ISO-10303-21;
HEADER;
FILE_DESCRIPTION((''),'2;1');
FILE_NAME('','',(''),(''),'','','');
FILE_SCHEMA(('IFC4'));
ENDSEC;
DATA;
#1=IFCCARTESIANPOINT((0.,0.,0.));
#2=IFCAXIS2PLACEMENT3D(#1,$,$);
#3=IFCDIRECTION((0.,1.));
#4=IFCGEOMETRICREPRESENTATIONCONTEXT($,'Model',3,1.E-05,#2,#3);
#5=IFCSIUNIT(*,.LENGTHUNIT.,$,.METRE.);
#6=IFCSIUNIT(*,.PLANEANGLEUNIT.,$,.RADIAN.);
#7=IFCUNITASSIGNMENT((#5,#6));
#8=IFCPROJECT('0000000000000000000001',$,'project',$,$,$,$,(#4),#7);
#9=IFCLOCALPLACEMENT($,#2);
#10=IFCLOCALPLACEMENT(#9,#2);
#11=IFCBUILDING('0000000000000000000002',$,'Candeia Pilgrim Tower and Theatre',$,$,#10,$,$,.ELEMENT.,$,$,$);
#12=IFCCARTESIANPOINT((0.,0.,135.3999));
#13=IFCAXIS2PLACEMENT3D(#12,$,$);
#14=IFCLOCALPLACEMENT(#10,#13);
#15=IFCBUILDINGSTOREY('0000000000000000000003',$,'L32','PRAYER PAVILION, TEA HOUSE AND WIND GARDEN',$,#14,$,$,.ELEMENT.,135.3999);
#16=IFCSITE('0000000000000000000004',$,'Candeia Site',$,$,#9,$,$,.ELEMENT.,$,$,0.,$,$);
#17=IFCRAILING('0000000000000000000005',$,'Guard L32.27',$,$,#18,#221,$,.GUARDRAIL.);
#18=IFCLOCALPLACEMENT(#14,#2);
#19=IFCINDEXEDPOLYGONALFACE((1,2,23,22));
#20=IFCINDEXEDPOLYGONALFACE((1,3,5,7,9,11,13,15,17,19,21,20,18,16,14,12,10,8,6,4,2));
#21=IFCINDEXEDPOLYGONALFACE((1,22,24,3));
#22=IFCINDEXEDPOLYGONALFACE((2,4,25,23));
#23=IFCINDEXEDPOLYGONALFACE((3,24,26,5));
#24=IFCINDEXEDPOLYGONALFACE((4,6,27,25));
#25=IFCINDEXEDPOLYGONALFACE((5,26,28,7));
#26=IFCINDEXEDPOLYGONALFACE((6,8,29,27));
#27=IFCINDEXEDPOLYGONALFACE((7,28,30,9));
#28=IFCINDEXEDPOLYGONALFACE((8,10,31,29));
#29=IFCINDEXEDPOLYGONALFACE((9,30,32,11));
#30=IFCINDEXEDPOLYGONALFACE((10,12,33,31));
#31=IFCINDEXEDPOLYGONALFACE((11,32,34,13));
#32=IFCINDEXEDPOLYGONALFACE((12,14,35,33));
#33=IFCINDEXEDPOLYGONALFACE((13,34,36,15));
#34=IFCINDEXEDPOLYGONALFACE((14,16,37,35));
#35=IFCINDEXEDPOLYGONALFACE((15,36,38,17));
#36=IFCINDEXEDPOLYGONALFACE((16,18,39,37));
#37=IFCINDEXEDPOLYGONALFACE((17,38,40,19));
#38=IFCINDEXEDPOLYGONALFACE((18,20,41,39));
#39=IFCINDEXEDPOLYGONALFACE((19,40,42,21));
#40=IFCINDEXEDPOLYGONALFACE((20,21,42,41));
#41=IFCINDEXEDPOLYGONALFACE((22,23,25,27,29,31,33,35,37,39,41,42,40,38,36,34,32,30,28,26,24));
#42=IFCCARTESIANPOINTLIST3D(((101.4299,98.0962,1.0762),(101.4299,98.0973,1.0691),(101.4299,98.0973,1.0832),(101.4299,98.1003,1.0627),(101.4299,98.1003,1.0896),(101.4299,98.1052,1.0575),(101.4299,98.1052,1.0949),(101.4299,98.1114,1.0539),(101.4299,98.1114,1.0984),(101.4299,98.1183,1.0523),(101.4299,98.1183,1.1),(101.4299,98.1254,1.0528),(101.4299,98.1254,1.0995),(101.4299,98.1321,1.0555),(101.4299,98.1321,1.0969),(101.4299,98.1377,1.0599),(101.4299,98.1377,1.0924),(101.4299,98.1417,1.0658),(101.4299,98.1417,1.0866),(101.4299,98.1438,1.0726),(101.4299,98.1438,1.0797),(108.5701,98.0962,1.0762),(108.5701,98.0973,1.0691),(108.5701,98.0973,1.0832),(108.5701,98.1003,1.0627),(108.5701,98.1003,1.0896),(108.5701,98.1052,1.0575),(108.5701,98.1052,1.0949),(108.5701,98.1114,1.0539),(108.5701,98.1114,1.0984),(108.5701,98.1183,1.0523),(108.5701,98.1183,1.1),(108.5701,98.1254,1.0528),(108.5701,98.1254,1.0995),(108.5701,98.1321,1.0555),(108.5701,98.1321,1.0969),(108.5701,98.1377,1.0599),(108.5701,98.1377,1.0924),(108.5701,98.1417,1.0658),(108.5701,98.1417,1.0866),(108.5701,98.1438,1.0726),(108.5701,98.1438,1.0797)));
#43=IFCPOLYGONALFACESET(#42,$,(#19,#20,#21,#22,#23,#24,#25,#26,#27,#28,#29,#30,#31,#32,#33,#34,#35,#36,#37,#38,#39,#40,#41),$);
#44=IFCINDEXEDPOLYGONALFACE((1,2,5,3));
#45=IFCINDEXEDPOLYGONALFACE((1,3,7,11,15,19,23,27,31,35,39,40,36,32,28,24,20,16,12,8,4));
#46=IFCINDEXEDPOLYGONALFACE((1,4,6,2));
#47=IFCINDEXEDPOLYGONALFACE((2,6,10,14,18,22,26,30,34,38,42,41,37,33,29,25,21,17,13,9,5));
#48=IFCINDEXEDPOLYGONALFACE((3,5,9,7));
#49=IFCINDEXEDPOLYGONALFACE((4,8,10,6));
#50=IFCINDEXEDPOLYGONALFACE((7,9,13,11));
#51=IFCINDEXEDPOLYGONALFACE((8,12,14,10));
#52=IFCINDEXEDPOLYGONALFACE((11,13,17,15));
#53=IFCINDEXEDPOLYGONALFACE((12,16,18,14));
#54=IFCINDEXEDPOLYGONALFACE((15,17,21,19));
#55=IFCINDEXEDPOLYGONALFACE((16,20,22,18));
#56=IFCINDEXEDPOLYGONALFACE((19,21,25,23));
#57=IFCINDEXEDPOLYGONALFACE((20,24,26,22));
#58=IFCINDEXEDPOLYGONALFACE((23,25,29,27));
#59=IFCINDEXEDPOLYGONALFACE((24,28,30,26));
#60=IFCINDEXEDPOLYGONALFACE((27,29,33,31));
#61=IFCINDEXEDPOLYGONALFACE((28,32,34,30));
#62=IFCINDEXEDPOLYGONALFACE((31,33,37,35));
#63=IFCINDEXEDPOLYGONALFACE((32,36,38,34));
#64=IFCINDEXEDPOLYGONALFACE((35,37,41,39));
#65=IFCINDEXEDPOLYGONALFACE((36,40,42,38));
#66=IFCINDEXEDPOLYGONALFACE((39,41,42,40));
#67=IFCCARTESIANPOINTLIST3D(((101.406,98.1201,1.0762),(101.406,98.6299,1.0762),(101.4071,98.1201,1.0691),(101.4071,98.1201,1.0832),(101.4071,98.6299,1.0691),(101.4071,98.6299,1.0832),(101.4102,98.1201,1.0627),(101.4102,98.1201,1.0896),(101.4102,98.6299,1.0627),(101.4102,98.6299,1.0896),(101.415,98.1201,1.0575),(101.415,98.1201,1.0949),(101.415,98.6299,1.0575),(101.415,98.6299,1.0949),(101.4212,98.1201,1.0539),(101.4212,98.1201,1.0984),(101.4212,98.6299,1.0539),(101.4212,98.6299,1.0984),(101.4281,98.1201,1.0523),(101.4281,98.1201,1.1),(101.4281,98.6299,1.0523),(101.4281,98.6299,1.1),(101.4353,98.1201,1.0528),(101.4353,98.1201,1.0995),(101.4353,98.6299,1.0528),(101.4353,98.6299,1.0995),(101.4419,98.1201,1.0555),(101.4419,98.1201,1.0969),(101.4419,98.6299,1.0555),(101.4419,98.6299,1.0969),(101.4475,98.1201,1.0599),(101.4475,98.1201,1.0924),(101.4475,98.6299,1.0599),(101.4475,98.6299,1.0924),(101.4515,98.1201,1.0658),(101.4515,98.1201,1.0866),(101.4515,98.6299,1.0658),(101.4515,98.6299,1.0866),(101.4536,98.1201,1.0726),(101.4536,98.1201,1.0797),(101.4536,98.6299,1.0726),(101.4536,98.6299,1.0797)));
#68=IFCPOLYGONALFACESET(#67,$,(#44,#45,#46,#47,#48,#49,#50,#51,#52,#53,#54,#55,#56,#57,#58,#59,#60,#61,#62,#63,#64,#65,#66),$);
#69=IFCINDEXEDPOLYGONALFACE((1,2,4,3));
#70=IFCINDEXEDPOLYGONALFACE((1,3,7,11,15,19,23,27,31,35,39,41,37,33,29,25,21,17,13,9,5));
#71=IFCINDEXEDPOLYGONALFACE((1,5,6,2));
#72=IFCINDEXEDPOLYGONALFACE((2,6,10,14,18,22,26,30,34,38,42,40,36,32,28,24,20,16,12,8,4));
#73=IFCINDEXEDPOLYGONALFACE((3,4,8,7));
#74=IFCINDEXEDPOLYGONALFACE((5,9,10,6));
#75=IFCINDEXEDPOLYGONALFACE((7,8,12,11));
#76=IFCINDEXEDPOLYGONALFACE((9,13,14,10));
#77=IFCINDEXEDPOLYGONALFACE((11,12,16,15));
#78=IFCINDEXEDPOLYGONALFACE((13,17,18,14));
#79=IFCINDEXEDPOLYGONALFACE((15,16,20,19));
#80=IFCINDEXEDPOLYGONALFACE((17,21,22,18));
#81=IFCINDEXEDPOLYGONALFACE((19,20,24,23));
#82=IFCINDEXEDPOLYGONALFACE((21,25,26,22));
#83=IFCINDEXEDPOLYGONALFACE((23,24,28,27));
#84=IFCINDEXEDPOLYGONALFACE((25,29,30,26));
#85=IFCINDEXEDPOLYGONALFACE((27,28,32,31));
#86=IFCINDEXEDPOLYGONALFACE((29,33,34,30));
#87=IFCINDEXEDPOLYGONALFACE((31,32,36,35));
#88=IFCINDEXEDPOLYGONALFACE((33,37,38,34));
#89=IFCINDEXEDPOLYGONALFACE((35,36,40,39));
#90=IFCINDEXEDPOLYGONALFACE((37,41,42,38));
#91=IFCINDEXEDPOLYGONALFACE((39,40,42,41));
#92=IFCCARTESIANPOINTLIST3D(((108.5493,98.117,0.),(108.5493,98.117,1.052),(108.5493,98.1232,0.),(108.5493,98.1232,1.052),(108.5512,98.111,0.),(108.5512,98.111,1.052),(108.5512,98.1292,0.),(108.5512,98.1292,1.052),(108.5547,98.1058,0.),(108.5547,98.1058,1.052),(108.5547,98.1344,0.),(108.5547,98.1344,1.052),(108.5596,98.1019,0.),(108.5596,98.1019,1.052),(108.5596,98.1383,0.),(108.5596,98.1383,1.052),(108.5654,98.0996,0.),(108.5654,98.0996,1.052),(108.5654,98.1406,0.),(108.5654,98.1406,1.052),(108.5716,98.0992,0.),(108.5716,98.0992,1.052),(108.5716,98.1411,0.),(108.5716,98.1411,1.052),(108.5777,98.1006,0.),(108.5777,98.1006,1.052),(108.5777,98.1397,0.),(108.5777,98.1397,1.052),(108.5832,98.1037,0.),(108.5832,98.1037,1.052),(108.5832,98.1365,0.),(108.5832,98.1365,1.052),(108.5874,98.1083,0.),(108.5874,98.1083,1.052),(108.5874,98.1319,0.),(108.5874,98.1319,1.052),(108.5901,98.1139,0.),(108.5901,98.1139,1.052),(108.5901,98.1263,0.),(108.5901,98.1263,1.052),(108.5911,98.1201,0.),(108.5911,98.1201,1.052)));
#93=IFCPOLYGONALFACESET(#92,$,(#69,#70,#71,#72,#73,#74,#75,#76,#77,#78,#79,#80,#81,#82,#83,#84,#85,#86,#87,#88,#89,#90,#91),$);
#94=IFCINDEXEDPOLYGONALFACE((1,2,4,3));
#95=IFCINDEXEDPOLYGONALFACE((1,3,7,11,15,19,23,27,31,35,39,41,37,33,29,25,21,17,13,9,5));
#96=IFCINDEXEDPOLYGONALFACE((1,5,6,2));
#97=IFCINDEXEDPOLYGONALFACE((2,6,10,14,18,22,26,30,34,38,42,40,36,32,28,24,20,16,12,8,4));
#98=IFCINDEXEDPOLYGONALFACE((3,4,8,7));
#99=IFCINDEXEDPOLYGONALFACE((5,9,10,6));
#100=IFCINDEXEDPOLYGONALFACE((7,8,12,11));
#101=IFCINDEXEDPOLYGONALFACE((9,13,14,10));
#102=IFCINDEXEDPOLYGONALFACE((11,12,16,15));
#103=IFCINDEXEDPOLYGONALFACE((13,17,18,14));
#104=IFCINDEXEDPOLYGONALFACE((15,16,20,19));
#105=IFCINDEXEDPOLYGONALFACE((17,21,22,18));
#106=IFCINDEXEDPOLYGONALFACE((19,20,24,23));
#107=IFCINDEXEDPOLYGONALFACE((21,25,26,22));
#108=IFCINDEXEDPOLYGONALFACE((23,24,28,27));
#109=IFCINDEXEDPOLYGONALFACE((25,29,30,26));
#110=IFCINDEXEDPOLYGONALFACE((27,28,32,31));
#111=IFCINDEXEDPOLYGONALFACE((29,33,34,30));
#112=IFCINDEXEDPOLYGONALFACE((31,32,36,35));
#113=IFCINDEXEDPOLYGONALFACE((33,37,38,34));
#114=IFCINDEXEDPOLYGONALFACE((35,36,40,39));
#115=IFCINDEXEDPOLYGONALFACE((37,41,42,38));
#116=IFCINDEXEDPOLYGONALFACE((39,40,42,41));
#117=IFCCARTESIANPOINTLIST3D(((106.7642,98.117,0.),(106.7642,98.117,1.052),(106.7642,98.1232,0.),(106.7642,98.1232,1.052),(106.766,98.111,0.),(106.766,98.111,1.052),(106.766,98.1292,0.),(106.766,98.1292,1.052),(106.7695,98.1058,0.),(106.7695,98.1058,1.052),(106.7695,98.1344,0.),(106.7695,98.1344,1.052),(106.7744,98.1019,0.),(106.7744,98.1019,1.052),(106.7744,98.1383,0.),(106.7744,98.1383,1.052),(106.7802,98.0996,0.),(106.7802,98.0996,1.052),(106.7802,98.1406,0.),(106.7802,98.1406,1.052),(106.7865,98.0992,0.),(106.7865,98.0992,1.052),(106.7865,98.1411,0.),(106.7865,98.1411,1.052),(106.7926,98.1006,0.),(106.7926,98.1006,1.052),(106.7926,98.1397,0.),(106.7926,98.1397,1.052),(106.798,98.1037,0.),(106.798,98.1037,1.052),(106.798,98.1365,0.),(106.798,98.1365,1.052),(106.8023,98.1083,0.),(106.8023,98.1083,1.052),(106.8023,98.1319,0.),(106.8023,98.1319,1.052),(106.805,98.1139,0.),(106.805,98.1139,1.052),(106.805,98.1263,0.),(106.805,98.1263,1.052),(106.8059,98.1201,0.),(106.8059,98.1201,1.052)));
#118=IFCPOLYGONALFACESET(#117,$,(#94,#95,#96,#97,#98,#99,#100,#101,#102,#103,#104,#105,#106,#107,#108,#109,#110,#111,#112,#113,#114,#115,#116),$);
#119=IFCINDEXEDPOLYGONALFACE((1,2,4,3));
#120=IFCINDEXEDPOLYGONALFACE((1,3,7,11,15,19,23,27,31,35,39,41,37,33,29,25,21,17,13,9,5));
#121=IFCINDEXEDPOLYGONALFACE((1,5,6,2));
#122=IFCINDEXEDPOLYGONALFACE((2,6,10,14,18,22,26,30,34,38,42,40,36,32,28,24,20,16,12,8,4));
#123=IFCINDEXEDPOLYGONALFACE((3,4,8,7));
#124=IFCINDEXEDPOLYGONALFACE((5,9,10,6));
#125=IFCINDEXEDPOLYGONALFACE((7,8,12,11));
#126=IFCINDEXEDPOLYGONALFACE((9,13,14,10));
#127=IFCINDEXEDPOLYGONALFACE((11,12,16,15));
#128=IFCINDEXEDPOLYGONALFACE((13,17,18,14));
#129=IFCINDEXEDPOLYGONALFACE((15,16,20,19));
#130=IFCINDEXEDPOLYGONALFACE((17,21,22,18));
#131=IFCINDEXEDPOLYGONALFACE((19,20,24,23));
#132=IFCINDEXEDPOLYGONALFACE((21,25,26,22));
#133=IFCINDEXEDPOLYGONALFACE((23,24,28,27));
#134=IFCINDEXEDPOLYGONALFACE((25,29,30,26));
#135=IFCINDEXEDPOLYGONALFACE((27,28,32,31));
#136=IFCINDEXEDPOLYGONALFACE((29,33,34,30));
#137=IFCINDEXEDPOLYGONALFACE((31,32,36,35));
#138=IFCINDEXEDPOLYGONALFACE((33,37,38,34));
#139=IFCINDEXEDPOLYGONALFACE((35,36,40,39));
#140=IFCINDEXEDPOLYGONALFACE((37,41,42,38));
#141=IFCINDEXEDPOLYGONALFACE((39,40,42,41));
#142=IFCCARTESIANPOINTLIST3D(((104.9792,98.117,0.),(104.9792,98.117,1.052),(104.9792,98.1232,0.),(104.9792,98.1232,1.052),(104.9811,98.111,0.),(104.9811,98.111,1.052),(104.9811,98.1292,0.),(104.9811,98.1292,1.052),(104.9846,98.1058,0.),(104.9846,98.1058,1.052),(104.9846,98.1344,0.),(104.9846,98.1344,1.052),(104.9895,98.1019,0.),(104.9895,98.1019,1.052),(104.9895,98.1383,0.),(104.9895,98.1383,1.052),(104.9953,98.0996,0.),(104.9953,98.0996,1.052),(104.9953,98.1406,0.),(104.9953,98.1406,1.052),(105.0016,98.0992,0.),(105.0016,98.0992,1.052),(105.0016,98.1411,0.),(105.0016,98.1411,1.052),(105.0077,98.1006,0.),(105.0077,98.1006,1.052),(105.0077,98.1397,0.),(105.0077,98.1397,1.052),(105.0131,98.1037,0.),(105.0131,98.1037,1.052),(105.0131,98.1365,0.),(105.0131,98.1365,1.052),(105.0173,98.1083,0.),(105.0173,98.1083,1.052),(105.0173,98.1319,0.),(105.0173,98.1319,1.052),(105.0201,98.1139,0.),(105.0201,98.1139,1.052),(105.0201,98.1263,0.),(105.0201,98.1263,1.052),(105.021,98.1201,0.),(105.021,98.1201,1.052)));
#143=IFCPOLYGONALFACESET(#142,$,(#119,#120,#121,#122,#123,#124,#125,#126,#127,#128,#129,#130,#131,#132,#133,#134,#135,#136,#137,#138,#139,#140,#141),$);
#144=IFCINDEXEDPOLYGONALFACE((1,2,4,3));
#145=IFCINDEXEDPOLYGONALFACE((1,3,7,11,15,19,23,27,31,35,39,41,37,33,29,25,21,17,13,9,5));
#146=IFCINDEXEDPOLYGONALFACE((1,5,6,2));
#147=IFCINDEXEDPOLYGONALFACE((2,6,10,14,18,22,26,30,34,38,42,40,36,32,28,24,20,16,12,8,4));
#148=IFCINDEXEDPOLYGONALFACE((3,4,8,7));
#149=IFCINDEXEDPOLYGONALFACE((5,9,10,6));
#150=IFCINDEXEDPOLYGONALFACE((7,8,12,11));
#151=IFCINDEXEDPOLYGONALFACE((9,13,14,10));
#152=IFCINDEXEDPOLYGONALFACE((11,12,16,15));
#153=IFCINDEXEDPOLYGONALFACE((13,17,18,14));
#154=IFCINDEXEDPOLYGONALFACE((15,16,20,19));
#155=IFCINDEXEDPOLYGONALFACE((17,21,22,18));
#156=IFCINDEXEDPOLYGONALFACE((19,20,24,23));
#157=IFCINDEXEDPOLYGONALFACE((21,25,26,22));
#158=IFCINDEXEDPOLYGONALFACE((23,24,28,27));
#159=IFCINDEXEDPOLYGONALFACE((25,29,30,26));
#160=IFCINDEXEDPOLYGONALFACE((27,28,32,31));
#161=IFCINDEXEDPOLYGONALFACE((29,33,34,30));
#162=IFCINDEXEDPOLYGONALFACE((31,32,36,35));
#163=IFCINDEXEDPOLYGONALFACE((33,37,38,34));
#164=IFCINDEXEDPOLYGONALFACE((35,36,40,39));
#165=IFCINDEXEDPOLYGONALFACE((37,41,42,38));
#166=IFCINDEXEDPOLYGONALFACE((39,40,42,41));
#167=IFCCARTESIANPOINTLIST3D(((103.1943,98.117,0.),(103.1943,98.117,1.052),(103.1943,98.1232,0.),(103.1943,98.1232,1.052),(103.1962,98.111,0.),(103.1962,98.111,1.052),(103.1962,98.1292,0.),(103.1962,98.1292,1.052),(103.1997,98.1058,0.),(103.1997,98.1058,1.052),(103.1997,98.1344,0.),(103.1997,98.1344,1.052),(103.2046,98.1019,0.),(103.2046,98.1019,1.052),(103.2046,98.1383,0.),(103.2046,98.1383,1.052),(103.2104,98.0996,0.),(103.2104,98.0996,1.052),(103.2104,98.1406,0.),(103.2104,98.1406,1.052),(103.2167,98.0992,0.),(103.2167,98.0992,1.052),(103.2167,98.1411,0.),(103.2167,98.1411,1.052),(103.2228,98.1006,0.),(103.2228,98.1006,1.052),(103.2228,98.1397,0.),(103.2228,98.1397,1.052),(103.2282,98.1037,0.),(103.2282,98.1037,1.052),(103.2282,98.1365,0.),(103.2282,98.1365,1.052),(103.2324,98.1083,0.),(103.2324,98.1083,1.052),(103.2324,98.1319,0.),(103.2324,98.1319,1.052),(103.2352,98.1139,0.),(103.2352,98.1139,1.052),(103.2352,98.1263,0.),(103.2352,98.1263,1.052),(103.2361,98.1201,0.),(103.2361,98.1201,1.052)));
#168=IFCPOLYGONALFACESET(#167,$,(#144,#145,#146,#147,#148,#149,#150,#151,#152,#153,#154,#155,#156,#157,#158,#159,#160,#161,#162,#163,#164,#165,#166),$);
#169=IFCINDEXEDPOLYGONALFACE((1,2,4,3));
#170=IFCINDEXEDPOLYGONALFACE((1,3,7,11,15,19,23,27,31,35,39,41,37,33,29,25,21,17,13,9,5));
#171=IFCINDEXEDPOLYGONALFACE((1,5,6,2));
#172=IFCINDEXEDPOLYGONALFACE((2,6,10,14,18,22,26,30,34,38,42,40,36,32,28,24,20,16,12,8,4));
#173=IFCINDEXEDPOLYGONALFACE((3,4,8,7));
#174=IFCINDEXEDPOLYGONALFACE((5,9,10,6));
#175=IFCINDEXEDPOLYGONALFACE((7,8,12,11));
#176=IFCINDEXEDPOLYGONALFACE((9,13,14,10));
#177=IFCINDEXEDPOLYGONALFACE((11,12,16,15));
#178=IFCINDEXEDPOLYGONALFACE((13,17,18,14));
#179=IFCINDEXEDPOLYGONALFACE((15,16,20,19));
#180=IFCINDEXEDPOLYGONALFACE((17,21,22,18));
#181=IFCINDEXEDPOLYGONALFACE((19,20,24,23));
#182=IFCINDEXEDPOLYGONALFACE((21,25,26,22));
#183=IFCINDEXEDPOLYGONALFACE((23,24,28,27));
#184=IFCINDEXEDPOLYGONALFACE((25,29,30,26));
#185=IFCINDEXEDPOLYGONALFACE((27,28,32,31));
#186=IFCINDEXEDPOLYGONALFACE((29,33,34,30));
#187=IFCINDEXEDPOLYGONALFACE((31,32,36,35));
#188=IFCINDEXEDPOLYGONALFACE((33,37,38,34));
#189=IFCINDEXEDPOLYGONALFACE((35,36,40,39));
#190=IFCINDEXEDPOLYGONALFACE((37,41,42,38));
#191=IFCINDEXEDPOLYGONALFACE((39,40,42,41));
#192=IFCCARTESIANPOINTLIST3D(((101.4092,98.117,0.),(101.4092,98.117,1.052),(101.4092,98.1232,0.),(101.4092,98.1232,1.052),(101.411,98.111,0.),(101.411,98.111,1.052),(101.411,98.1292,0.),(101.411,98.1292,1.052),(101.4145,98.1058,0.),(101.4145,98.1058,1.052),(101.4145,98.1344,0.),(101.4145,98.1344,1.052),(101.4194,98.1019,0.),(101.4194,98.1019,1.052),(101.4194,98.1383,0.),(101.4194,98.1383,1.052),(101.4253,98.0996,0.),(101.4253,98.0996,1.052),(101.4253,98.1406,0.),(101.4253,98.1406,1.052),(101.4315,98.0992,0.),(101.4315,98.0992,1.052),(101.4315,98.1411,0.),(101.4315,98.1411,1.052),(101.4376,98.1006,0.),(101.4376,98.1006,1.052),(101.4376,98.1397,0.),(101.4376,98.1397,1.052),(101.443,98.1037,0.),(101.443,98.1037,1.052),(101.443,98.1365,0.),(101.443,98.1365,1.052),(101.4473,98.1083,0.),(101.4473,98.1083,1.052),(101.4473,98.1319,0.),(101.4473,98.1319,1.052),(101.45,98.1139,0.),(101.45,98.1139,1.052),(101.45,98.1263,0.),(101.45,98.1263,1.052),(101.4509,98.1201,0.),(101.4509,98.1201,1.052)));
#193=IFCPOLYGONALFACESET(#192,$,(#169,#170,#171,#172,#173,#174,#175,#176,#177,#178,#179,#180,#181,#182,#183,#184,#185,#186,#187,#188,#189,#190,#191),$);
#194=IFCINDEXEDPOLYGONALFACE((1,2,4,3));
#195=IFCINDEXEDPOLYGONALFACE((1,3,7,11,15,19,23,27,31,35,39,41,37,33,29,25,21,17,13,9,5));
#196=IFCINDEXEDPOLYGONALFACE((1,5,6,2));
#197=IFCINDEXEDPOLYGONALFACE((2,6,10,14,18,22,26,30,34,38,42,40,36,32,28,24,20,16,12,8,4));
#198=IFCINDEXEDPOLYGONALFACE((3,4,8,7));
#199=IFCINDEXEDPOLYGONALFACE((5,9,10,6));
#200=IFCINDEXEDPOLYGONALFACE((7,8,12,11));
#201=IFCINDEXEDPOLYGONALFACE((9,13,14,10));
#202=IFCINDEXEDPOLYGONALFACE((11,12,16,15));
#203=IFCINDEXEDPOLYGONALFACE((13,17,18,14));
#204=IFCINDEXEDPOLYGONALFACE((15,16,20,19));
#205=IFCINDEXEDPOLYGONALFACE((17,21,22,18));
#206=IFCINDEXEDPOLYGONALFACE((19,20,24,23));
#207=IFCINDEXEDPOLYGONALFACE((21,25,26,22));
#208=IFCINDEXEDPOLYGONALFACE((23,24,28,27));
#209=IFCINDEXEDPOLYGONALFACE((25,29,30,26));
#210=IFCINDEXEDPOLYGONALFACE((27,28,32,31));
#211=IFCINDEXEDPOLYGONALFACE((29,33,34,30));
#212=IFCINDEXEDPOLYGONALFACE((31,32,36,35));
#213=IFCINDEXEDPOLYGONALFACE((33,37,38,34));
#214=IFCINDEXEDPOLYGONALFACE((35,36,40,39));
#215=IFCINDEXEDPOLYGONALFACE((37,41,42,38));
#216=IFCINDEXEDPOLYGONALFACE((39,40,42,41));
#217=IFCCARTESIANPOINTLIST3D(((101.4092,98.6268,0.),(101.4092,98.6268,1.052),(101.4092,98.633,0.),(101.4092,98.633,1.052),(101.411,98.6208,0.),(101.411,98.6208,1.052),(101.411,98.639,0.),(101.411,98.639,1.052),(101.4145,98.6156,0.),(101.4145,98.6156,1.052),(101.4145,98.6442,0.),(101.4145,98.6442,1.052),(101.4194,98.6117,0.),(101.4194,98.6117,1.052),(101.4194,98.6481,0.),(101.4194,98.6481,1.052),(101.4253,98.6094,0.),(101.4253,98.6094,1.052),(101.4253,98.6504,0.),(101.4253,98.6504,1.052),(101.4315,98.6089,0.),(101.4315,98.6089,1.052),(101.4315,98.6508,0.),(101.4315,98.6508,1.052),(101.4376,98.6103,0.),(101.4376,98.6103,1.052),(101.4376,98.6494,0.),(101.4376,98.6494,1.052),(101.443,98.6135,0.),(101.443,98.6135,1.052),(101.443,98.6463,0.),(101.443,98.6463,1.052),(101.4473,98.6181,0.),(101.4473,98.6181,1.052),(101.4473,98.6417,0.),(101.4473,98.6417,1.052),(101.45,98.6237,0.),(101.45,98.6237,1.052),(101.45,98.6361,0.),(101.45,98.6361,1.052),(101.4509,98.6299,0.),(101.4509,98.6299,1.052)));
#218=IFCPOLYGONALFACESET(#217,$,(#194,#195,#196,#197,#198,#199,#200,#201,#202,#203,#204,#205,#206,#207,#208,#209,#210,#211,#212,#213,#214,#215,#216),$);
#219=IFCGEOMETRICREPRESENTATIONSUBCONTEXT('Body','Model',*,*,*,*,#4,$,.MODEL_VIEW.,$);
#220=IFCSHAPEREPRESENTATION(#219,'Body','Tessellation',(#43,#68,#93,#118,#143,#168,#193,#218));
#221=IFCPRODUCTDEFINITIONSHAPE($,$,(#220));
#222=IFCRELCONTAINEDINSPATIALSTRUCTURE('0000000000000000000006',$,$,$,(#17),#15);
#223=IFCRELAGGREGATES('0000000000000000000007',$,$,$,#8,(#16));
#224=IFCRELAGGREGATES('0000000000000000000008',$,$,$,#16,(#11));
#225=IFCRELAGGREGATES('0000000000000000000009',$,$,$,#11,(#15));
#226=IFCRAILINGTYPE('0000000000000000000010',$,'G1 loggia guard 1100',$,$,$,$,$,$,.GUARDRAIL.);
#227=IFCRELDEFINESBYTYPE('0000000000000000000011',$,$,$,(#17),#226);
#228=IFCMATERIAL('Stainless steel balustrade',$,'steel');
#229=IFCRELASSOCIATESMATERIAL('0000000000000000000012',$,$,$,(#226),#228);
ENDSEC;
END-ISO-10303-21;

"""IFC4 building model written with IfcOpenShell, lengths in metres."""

from ifc_helpers import new_model, si_unit, direction, frame, origin, origin_2d, place, context, subcontext, project, spatial, circle, extrude, material, type_object, element, save


model = new_model("IFC4")

# Units and contexts
model_context = context("Model", 3, precision=1e-05, world=origin(), true_north=direction((0.0, 1.0)))
body_context = subcontext(model_context, "Body", "Model", "MODEL_VIEW")
ifc_project = project(units=[si_unit("LENGTHUNIT", "METRE"), si_unit("PLANEANGLEUNIT", "RADIAN")], contexts=[model_context])

# Site, building, storey
site_placement = place(None, origin())
site = spatial("IfcSite", under=ifc_project, at=site_placement, Name="Candeia Site", CompositionType="ELEMENT", RefElevation=0.0)
building_placement = place(site_placement, origin())
building = spatial("IfcBuilding", under=site, at=building_placement, Name="Candeia Pilgrim Tower and Theatre", CompositionType="ELEMENT")
storey_placement = place(building_placement, frame((0.0, 0.0, 135.3999)))
storey = spatial("IfcBuildingStorey", under=building, at=storey_placement, Name="L32", Description="PRAYER PAVILION, TEA HOUSE AND WIND GARDEN", CompositionType="ELEMENT", Elevation=135.3999)

# Railing
ifc_material_1 = material(Name="Stainless steel balustrade", Category="steel")
railing_type = type_object("IfcRailingType", Name="G1 loggia guard 1100", PredefinedType="GUARDRAIL", material=ifc_material_1)
railing_1_placement = place(storey_placement, frame((108.5701, 98.1201, 0.0)))
element("IfcRailing", 1, at=railing_1_placement, inside=storey, type_object=railing_type, Name="Guard L32.27", PredefinedType="GUARDRAIL", context=body_context, shape_type="SweptSolid", body=[
    extrude(circle(Radius=0.0239, at=origin_2d()), frame((0.0, 0.0, 1.0762), z_axis=(-1.0, 0.0, 0.0), x_axis=(0.0, -1.0, 0.0)), (0.0, 0.0, 1.0), 7.1401),
    extrude(circle(Radius=0.0239, at=origin_2d()), frame((-7.1401, 0.0, 1.0762), z_axis=(0.0, 1.0, 0.0), x_axis=(-1.0, 0.0, 0.0)), (0.0, 0.0, 1.0), 0.5098),
    extrude(circle(Radius=0.021, at=origin_2d()), origin(), (0.0, 0.0, 1.0), 1.052),
    extrude(circle(Radius=0.021, at=origin_2d()), frame((-1.7852, 0.0, 0.0)), (0.0, 0.0, 1.0), 1.052),
    extrude(circle(Radius=0.021, at=origin_2d()), frame((-3.5701, 0.0, 0.0)), (0.0, 0.0, 1.0), 1.052),
    extrude(circle(Radius=0.021, at=origin_2d()), frame((-5.355, 0.0, 0.0)), (0.0, 0.0, 1.0), 1.052),
    extrude(circle(Radius=0.021, at=origin_2d()), frame((-7.1401, 0.0, 0.0)), (0.0, 0.0, 1.0), 1.052),
    extrude(circle(Radius=0.021, at=origin_2d()), frame((-7.1401, 0.5098, 0.0)), (0.0, 0.0, 1.0), 1.052),
])

save(model, "model.ifc")
